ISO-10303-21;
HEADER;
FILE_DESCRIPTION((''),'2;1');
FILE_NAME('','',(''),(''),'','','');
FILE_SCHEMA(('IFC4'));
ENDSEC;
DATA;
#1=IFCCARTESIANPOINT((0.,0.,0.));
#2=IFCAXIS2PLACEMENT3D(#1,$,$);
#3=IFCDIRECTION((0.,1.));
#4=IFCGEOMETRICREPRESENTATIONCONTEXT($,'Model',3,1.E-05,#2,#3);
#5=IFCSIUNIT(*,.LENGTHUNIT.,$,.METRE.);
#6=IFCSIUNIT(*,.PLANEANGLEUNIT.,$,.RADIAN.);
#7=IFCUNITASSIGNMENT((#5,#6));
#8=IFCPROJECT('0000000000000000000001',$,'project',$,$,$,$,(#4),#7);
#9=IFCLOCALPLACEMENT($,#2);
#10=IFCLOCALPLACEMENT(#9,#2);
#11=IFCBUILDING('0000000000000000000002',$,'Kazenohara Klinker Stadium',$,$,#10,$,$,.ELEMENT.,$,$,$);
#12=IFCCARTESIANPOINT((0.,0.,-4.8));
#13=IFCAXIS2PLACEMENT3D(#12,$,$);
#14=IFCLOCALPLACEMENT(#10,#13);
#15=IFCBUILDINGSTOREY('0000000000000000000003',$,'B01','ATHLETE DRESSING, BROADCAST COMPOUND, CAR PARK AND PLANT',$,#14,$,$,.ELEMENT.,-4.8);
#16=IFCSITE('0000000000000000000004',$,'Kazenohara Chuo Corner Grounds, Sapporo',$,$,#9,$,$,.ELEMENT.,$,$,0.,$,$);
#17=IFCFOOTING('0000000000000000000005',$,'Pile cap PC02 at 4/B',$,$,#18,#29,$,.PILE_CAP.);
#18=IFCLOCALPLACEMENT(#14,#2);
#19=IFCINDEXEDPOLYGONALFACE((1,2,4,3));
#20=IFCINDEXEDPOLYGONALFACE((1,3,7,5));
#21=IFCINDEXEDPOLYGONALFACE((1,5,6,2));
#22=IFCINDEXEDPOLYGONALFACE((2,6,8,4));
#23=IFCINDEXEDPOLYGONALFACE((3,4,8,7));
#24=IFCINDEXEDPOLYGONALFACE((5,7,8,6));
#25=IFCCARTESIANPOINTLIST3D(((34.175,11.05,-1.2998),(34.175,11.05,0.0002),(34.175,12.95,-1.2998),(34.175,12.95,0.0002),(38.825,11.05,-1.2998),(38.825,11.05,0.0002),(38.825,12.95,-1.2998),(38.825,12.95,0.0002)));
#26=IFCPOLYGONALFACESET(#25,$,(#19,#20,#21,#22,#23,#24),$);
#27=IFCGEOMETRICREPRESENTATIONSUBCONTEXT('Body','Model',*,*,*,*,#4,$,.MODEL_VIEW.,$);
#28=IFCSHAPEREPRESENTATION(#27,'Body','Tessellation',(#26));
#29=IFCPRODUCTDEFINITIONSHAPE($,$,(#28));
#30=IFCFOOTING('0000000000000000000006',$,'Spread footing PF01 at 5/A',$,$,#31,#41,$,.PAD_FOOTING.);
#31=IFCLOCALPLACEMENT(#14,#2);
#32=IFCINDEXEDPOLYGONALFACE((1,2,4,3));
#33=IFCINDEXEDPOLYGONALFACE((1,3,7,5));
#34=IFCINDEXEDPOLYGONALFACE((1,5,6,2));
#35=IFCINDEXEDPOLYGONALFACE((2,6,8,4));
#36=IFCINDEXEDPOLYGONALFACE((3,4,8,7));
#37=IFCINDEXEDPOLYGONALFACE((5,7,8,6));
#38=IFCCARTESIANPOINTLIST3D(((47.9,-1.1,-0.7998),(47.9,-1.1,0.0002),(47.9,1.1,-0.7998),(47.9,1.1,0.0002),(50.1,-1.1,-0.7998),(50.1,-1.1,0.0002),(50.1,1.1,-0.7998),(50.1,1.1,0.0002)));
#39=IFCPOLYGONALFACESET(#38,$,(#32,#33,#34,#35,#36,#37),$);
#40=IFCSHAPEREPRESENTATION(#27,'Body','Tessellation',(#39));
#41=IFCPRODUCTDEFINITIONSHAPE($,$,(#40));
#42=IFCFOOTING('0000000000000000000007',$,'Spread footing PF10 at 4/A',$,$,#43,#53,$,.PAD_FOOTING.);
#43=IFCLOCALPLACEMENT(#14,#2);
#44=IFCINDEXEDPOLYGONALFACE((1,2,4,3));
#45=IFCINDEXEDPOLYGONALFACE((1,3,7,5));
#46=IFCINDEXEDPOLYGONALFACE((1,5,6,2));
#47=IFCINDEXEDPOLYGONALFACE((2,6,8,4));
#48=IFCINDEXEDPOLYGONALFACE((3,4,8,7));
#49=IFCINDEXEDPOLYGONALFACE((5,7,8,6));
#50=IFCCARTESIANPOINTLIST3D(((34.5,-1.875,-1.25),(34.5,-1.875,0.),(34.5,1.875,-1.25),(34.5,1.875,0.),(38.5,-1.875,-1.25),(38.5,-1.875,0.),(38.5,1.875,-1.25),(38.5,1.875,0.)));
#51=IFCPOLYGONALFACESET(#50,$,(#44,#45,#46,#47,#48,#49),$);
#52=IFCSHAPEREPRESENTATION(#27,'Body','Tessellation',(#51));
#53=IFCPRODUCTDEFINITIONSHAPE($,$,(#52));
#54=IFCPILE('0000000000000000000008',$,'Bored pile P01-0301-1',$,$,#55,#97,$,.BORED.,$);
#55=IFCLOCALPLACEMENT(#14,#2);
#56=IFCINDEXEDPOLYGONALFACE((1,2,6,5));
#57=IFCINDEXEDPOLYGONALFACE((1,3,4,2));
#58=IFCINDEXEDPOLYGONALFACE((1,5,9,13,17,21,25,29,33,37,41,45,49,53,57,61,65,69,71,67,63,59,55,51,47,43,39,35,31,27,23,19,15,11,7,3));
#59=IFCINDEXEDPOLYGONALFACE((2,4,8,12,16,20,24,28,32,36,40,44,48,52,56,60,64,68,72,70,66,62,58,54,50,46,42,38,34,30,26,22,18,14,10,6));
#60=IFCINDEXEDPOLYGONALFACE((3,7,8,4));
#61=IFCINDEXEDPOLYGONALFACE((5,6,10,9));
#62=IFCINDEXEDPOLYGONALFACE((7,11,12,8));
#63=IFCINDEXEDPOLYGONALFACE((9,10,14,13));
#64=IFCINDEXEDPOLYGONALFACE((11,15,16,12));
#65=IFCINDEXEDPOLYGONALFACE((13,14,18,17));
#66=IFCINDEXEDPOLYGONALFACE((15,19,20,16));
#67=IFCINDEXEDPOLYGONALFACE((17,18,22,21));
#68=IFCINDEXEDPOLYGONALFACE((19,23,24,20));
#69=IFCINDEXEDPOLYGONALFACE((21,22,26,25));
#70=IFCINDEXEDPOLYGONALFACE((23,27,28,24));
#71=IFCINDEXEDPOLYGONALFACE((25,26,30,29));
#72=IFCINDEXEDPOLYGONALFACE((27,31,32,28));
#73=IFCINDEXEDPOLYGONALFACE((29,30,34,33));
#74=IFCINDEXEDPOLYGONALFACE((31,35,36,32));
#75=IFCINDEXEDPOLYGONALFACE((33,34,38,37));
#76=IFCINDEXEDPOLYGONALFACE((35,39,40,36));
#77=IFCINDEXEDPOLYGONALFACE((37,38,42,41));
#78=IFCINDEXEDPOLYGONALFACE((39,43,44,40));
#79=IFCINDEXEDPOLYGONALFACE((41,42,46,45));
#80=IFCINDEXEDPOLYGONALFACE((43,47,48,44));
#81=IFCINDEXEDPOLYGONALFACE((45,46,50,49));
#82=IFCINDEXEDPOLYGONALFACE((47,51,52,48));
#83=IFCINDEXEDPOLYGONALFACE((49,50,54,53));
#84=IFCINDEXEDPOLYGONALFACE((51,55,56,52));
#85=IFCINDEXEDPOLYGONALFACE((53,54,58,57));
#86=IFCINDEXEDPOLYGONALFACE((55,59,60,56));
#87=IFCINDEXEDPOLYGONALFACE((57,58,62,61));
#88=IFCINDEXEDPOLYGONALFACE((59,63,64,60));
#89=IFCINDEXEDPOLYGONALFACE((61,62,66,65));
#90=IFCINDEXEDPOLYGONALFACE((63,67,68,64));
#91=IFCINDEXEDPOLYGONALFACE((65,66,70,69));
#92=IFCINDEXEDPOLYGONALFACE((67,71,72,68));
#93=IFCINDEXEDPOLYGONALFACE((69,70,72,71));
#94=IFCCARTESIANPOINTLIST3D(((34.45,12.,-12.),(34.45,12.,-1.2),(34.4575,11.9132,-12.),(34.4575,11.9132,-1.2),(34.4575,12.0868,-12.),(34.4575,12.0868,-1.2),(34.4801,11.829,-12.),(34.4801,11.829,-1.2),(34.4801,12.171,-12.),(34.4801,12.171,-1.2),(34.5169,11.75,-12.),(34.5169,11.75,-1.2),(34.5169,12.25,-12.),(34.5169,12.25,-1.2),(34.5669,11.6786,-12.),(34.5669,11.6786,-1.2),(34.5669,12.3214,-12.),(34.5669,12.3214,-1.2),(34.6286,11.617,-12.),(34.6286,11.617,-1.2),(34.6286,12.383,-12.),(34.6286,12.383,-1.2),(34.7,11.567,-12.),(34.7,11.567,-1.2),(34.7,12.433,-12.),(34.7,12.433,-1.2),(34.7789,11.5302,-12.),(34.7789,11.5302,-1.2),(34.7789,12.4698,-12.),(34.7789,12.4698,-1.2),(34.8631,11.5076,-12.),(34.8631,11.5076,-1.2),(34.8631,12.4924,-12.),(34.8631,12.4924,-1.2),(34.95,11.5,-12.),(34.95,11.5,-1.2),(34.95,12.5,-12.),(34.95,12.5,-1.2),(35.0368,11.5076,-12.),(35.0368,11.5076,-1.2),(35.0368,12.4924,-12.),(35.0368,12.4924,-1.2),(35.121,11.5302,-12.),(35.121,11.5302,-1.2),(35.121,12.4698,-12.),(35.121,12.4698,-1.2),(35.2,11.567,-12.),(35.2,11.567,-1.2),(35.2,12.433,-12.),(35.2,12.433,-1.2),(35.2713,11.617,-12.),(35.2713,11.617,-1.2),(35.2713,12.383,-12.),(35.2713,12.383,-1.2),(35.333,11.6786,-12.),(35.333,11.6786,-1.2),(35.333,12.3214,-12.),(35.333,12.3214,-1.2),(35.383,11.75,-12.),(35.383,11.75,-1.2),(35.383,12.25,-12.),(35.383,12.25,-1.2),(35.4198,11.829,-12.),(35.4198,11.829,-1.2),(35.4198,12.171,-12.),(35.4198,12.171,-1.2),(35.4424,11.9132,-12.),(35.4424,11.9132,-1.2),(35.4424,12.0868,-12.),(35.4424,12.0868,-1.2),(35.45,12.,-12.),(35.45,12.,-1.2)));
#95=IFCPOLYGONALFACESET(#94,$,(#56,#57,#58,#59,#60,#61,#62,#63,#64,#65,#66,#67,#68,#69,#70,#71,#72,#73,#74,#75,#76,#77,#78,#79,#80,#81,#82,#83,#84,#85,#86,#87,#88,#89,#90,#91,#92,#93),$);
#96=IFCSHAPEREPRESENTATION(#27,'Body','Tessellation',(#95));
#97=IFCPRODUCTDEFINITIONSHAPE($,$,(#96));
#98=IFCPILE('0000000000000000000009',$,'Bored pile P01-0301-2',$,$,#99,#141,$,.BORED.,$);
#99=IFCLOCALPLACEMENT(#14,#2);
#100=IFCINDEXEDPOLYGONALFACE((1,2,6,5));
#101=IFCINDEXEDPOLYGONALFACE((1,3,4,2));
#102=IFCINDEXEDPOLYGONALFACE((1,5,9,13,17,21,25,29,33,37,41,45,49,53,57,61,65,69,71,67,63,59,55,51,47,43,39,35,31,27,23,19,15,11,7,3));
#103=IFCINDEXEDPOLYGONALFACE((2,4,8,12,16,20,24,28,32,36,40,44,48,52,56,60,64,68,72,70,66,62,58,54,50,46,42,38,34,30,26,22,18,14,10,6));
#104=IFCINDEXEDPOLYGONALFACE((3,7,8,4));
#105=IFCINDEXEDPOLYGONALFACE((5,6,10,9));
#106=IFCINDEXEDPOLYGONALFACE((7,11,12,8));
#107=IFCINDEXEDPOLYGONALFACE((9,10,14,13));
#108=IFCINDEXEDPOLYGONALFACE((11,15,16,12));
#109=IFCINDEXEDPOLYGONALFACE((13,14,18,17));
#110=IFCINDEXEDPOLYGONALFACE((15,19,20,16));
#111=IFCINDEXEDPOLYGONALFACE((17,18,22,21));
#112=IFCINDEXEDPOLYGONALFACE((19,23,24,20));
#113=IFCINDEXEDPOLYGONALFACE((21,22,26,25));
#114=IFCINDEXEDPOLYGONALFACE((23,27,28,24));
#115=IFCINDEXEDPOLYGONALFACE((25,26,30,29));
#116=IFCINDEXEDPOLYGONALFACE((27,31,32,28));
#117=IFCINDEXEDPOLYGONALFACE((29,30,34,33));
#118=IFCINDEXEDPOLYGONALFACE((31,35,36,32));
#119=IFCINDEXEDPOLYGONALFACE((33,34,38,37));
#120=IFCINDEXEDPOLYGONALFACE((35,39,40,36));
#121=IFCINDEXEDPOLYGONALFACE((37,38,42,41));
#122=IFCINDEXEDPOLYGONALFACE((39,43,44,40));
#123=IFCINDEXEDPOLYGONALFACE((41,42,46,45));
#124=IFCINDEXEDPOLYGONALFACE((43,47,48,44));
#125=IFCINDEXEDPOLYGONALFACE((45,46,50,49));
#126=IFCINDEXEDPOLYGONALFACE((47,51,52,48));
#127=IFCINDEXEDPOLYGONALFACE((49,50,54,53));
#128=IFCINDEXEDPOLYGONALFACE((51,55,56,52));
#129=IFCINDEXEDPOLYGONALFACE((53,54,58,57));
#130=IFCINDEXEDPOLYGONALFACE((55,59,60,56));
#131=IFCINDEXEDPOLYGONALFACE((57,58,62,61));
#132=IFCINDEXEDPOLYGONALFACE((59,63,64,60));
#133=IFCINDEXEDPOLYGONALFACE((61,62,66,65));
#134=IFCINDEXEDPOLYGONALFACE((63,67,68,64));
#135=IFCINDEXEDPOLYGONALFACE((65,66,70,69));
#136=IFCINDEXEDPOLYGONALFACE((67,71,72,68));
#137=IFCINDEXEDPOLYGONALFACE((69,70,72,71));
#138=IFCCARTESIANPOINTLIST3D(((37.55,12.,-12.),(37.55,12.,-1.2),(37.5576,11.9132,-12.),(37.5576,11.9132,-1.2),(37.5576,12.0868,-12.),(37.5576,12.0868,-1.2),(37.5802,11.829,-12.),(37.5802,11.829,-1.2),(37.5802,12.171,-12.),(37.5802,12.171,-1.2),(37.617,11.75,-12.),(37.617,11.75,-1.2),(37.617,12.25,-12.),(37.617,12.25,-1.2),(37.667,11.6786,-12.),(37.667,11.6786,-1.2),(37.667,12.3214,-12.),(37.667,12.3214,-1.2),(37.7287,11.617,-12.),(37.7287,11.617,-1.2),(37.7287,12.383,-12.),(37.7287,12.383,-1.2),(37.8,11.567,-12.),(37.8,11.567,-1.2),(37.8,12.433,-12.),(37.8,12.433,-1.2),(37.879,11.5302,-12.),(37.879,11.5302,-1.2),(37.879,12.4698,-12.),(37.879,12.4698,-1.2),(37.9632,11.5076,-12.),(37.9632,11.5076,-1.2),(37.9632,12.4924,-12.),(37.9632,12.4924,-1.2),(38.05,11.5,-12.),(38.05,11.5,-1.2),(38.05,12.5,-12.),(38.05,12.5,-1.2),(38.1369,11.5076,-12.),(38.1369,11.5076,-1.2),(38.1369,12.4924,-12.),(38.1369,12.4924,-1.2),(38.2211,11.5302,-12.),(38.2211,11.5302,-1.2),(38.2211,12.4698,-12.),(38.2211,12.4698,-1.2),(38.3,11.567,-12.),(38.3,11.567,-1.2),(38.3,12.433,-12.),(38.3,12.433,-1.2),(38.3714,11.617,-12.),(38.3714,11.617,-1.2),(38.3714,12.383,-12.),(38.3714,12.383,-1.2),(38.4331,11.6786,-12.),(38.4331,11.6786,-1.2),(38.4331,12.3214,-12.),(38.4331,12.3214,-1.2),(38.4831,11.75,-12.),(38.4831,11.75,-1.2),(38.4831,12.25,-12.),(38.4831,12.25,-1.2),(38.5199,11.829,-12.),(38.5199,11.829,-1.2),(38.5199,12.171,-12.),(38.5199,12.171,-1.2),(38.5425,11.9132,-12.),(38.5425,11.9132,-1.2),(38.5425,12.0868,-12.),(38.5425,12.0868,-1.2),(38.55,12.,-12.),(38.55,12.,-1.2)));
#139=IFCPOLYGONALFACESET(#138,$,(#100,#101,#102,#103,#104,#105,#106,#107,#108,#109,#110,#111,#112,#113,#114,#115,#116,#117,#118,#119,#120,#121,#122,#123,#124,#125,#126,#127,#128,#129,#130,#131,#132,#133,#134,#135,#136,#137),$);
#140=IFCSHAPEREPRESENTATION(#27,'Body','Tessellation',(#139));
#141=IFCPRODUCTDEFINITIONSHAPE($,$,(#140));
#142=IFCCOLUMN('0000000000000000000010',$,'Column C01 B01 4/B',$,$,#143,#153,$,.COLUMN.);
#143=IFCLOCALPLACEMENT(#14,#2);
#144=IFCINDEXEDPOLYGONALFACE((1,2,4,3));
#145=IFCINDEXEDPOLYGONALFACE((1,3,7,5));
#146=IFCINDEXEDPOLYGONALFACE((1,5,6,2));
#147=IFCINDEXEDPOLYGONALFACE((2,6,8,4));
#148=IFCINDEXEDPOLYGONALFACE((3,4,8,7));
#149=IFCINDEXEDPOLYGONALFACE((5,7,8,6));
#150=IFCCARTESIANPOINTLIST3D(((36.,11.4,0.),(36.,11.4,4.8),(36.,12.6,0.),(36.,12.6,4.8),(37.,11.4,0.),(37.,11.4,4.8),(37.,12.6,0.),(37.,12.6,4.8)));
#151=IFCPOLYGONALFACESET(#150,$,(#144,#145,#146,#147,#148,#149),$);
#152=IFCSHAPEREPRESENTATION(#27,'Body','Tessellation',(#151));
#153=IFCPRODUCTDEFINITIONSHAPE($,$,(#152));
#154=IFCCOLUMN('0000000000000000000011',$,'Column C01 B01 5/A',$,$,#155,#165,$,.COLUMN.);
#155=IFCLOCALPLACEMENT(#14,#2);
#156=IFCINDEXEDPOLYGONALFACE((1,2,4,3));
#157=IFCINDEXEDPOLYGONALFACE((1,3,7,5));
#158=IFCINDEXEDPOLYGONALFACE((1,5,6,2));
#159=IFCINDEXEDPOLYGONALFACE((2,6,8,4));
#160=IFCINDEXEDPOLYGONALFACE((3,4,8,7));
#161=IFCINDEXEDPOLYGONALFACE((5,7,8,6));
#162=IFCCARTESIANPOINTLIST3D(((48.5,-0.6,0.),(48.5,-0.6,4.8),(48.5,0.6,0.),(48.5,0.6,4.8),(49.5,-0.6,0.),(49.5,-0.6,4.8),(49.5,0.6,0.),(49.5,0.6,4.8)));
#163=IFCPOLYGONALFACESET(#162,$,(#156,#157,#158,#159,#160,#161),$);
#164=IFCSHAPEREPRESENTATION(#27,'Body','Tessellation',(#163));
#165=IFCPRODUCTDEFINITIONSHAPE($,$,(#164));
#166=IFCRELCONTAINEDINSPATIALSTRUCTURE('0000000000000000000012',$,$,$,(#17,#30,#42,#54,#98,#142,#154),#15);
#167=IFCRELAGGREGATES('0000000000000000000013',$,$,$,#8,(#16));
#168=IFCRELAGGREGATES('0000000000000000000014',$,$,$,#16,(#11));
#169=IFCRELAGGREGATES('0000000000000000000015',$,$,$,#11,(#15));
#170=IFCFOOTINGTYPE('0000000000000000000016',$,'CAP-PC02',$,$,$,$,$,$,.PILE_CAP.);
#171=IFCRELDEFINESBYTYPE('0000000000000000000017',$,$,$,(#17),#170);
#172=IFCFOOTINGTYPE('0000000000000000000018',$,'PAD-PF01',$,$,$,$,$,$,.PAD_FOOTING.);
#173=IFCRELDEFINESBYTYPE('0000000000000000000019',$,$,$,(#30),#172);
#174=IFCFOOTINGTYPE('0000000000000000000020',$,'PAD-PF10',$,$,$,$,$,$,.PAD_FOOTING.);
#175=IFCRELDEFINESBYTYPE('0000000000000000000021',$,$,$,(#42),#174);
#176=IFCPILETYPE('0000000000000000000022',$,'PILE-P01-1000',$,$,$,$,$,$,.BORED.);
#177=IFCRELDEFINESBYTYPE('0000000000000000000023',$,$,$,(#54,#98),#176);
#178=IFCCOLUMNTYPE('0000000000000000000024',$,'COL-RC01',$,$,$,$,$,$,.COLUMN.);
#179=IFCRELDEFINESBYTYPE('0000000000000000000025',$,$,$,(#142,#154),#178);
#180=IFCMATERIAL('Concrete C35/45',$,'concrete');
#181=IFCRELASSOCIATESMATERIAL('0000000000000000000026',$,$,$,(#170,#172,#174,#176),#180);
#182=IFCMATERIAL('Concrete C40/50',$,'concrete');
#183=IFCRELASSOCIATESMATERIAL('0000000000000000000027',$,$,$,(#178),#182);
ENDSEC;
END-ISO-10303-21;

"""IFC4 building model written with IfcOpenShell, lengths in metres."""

from ifc_helpers import new_model, si_unit, direction, frame, origin, origin_2d, place, context, subcontext, project, spatial, rectangle, circle, extrude, material, material_profile, profile_set, type_object, element, save


model = new_model("IFC4")

# Units and contexts
model_context = context("Model", 3, precision=1e-05, world=origin(), true_north=direction((0.0, 1.0)))
body_context = subcontext(model_context, "Body", "Model", "MODEL_VIEW")
ifc_project = project(units=[si_unit("LENGTHUNIT", "METRE"), si_unit("PLANEANGLEUNIT", "RADIAN")], contexts=[model_context])

# Site, building, storey
site_placement = place(None, origin())
site = spatial("IfcSite", under=ifc_project, at=site_placement, Name="Kazenohara Chuo Corner Grounds, Sapporo", CompositionType="ELEMENT", RefElevation=0.0)
building_placement = place(site_placement, origin())
building = spatial("IfcBuilding", under=site, at=building_placement, Name="Kazenohara Klinker Stadium", CompositionType="ELEMENT")
storey_placement = place(building_placement, frame((0.0, 0.0, -4.8)))
storey = spatial("IfcBuildingStorey", under=building, at=storey_placement, Name="B01", Description="ATHLETE DRESSING, BROADCAST COMPOUND, CAR PARK AND PLANT", CompositionType="ELEMENT", Elevation=-4.8)

# Footings
ifc_material_1 = material(Name="Concrete C35/45", Category="concrete")
footing_type_1 = type_object("IfcFootingType", Name="CAP-PC02", PredefinedType="PILE_CAP", material=ifc_material_1)
footing_1_placement = place(storey_placement, frame((36.5, 12.0, -1.2998), z_axis=(0.0, 0.0, 1.0), x_axis=(1.0, 0.0, 0.0)))
element("IfcFooting", 1, at=footing_1_placement, inside=storey, type_object=footing_type_1, Name="Pile cap PC02 at 4/B", PredefinedType="PILE_CAP", context=body_context, shape_type="SweptSolid", body=[
    extrude(rectangle(XDim=4.6499, YDim=1.8999, at=origin_2d()), origin(), (0.0, 0.0, 1.0), 1.3),
])
footing_type_2 = type_object("IfcFootingType", Name="PAD-PF01", PredefinedType="PAD_FOOTING", material=ifc_material_1)
footing_2_placement = place(storey_placement, frame((49.0, 0.0, -0.7998), z_axis=(0.0, 0.0, 1.0), x_axis=(1.0, 0.0, 0.0)))
element("IfcFooting", 2, at=footing_2_placement, inside=storey, type_object=footing_type_2, Name="Spread footing PF01 at 5/A", PredefinedType="PAD_FOOTING", context=body_context, shape_type="SweptSolid", body=[
    extrude(rectangle(XDim=2.2, YDim=2.2, at=origin_2d()), origin(), (0.0, 0.0, 1.0), 0.8),
])
footing_type_3 = type_object("IfcFootingType", Name="PAD-PF10", PredefinedType="PAD_FOOTING", material=ifc_material_1)
footing_3_placement = place(storey_placement, frame((36.5, 0.0, -1.25), z_axis=(0.0, 0.0, 1.0), x_axis=(1.0, 0.0, 0.0)))
element("IfcFooting", 3, at=footing_3_placement, inside=storey, type_object=footing_type_3, Name="Spread footing PF10 at 4/A", PredefinedType="PAD_FOOTING", context=body_context, shape_type="SweptSolid", body=[
    extrude(rectangle(XDim=4.0, YDim=3.75, at=origin_2d()), origin(), (0.0, 0.0, 1.0), 1.25),
])

# Piles
ifc_material_profile_1 = material_profile(ifc_material_1, circle(Radius=0.5, at=origin_2d()), Name="BORED-PILE-1000")
ifc_profile_set_1 = profile_set([ifc_material_profile_1], Name="Concrete C35/45")
pile_type = type_object("IfcPileType", Name="PILE-P01-1000", PredefinedType="BORED", material=ifc_profile_set_1)
for number, where, z_axis, x_axis, name in (
    (4, (34.95, 12.0, -1.2), (0.0, 0.0, -1.0), (1.0, 0.0, 0.0), "Bored pile P01-0301-1"),
    (5, (38.05, 12.0, -1.2), (0.0, 0.0, -1.0), (1.0, 0.0, 0.0), "Bored pile P01-0301-2"),
):
    element("IfcPile", number, at=place(storey_placement, frame(where, z_axis=z_axis, x_axis=x_axis)), inside=storey, type_object=pile_type, Name=name, PredefinedType="BORED", context=body_context, shape_type="SweptSolid", body=[
        extrude(circle(Radius=0.5, at=origin_2d()), origin(), (0.0, 0.0, 1.0), 10.8),
    ])

# Columns
ifc_material_2 = material(Name="Concrete C40/50", Category="concrete")
ifc_material_profile_2 = material_profile(ifc_material_2, rectangle(XDim=1.0, YDim=1.2, at=origin_2d()), Name="RC-COL-1200x1000")
ifc_profile_set_2 = profile_set([ifc_material_profile_2], Name="Concrete C40/50")
column_type_1 = type_object("IfcColumnType", Name="COL-RC01", PredefinedType="COLUMN", material=ifc_profile_set_2)
for number, where, z_axis, x_axis, name in (
    (6, (36.5, 12.0, 0.0), (0.0, 0.0, 1.0), (1.0, 0.0, 0.0), "Column C01 B01 4/B"),
    (7, (49.0, 0.0, 0.0), (0.0, 0.0, 1.0), (1.0, 0.0, 0.0), "Column C01 B01 5/A"),
):
    element("IfcColumn", number, at=place(storey_placement, frame(where, z_axis=z_axis, x_axis=x_axis)), inside=storey, type_object=column_type_1, Name=name, PredefinedType="COLUMN", context=body_context, shape_type="SweptSolid", body=[
        extrude(rectangle(XDim=1.0, YDim=1.2, at=origin_2d()), origin(), (0.0, 0.0, 1.0), 4.8),
    ])

save(model, "model.ifc")
